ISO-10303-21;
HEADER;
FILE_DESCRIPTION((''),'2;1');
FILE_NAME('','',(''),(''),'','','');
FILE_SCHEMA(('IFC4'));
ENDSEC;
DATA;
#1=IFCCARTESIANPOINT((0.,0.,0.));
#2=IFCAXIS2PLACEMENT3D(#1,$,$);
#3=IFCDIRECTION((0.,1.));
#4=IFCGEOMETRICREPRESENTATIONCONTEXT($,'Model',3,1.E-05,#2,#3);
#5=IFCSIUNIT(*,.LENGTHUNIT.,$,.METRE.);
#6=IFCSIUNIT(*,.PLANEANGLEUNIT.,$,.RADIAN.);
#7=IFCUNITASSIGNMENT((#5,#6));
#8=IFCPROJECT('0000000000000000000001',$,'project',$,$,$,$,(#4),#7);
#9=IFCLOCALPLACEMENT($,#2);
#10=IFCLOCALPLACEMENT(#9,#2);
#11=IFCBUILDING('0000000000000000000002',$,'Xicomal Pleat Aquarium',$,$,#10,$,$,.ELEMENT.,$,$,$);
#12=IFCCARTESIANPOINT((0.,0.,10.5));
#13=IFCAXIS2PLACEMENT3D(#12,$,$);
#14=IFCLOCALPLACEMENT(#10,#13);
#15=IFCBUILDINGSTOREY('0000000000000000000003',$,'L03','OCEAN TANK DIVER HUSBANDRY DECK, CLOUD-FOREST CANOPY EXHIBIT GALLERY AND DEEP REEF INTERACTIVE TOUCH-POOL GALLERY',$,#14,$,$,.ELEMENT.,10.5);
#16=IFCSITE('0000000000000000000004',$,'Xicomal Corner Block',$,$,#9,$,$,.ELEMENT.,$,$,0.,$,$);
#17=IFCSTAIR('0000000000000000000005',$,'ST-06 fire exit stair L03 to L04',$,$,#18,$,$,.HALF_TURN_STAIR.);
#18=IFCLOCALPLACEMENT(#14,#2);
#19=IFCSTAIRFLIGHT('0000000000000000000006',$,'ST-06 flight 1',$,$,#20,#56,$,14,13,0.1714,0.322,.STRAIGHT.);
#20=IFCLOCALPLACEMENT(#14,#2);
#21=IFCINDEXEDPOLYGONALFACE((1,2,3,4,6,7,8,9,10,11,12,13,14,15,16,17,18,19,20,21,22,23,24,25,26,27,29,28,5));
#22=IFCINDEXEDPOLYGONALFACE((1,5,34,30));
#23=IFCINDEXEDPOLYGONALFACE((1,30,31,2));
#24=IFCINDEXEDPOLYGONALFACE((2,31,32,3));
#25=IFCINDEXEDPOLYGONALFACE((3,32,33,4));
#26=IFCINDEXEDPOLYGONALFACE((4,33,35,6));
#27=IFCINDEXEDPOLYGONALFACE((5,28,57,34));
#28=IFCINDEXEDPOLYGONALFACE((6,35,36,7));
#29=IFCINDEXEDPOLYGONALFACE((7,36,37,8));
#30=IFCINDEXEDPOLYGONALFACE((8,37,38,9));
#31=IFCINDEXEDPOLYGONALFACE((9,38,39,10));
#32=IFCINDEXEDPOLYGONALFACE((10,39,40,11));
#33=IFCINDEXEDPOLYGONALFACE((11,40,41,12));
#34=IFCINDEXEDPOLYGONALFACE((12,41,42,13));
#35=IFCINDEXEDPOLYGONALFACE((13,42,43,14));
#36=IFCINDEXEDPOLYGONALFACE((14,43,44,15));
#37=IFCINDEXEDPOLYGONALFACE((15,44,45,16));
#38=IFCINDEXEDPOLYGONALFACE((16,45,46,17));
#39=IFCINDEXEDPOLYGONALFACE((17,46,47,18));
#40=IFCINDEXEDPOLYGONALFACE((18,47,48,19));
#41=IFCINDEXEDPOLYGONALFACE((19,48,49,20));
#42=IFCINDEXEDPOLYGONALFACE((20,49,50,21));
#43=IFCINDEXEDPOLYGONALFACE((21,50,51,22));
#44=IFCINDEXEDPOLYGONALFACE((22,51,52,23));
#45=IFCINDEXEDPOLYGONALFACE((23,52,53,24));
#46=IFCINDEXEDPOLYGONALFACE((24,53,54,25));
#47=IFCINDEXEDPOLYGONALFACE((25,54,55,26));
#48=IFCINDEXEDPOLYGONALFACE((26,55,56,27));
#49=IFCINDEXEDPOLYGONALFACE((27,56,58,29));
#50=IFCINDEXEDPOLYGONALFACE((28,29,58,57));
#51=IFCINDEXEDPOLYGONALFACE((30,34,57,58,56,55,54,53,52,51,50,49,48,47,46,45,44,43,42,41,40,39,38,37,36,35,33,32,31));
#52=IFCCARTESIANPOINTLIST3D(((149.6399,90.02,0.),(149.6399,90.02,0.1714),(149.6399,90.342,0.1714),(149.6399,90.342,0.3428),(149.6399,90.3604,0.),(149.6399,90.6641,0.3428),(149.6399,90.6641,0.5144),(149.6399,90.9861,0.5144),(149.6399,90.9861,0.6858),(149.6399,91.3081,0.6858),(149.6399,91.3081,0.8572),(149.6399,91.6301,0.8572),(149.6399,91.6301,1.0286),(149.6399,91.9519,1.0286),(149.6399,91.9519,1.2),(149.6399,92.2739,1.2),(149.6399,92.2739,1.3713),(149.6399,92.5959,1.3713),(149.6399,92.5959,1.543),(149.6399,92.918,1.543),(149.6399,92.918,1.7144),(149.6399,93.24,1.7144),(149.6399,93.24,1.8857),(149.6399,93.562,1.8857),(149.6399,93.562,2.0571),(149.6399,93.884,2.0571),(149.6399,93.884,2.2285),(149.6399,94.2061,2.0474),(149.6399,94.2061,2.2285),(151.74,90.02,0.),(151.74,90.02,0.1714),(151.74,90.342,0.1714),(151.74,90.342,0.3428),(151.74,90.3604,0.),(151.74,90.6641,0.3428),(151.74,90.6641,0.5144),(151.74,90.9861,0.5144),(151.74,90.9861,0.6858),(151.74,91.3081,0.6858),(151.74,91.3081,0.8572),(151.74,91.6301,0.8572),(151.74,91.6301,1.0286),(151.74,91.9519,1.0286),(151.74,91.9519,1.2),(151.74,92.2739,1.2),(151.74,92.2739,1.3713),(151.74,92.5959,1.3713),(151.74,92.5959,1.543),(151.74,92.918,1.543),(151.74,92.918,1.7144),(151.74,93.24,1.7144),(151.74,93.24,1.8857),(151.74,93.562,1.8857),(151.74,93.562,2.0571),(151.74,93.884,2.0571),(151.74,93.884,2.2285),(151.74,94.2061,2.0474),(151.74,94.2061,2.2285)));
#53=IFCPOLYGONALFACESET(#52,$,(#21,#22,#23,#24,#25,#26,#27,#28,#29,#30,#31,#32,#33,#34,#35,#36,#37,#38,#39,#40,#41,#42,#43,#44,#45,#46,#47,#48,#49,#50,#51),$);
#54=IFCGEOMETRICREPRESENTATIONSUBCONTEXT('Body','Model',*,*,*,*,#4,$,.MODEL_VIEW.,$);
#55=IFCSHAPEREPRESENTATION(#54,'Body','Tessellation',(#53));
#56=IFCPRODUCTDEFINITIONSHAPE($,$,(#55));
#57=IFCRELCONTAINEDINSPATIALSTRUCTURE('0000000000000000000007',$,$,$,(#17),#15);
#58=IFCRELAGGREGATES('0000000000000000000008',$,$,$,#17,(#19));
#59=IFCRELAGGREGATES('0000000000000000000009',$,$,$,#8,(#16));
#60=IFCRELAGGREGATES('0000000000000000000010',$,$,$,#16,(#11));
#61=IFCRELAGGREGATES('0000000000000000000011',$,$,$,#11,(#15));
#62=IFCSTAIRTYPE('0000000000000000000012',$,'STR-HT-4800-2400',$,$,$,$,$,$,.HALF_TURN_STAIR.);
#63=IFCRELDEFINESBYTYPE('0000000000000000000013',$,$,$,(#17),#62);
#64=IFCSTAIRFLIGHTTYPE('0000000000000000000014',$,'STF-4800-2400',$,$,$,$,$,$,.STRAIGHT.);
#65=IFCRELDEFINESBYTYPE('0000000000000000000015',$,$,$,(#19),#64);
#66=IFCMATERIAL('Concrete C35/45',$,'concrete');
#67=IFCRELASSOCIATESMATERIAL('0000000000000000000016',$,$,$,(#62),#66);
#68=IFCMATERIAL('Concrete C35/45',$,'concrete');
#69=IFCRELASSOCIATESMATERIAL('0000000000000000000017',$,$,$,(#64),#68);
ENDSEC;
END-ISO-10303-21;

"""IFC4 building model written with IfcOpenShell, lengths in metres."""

from ifc_helpers import new_model, si_unit, direction, frame, origin, place, context, subcontext, project, spatial, polyline, outline, extrude, material, type_object, element, aggregate, save


model = new_model("IFC4")

# Units and contexts
model_context = context("Model", 3, precision=1e-05, world=origin(), true_north=direction((0.0, 1.0)))
body_context = subcontext(model_context, "Body", "Model", "MODEL_VIEW")
ifc_project = project(units=[si_unit("LENGTHUNIT", "METRE"), si_unit("PLANEANGLEUNIT", "RADIAN")], contexts=[model_context])

# Site, building, storey
site_placement = place(None, origin())
site = spatial("IfcSite", under=ifc_project, at=site_placement, Name="Xicomal Corner Block", CompositionType="ELEMENT", RefElevation=0.0)
building_placement = place(site_placement, origin())
building = spatial("IfcBuilding", under=site, at=building_placement, Name="Xicomal Pleat Aquarium", CompositionType="ELEMENT")
storey_placement = place(building_placement, frame((0.0, 0.0, 10.5)))
storey = spatial("IfcBuildingStorey", under=building, at=storey_placement, Name="L03", Description="OCEAN TANK DIVER HUSBANDRY DECK, CLOUD-FOREST CANOPY EXHIBIT GALLERY AND DEEP REEF INTERACTIVE TOUCH-POOL GALLERY", CompositionType="ELEMENT", Elevation=10.5)

# Stair, stair flight
ifc_material_1 = material(Name="Concrete C35/45", Category="concrete")
stair_type = type_object("IfcStairType", Name="STR-HT-4800-2400", PredefinedType="HALF_TURN_STAIR", material=ifc_material_1)
stair_placement = place(storey_placement, origin())
stair = element("IfcStair", 1, at=stair_placement, inside=storey, type_object=stair_type, Name="ST-06 fire exit stair L03 to L04", PredefinedType="HALF_TURN_STAIR")
ifc_material_2 = material(Name="Concrete C35/45", Category="concrete")
stair_flight_type = type_object("IfcStairFlightType", Name="STF-4800-2400", PredefinedType="STRAIGHT", material=ifc_material_2)
stair_flight_placement = place(storey_placement, frame((150.6899, 90.02, 0.0), z_axis=(0.0, 0.0, 1.0), x_axis=(0.0, 1.0, 0.0)))
stair_flight = element("IfcStairFlight", 2, at=stair_flight_placement, type_object=stair_flight_type, Name="ST-06 flight 1", NumberOfRisers=14, NumberOfTreads=13, PredefinedType="STRAIGHT", RiserHeight=0.1714, TreadLength=0.322, context=body_context, shape_type="SweptSolid", body=[
    extrude(outline(polyline([(0.0, 0.0), (0.0, 0.1714), (0.322, 0.1714), (0.322, 0.3428), (0.644, 0.3428), (0.644, 0.5144), (0.9661, 0.5144), (0.9661, 0.6858), (1.2881, 0.6858), (1.2881, 0.8572), (1.6101, 0.8572), (1.6101, 1.0286), (1.9319, 1.0286), (1.9319, 1.2), (2.2539, 1.2), (2.2539, 1.3713), (2.5759, 1.3713), (2.5759, 1.543), (2.8979, 1.543), (2.8979, 1.7144), (3.22, 1.7144), (3.22, 1.8857), (3.542, 1.8857), (3.542, 2.0571), (3.864, 2.0571), (3.864, 2.2285), (4.186, 2.2285), (4.186, 2.3999), (4.186, 2.0474), (0.3403, 0.0), (0.0, 0.0)])), frame((0.0, 1.05, 0.0), z_axis=(0.0, -1.0, 0.0), x_axis=(1.0, 0.0, 0.0)), (0.0, 0.0, 1.0), 2.1001),
])
aggregate(stair, [stair_flight])

save(model, "model.ifc")
